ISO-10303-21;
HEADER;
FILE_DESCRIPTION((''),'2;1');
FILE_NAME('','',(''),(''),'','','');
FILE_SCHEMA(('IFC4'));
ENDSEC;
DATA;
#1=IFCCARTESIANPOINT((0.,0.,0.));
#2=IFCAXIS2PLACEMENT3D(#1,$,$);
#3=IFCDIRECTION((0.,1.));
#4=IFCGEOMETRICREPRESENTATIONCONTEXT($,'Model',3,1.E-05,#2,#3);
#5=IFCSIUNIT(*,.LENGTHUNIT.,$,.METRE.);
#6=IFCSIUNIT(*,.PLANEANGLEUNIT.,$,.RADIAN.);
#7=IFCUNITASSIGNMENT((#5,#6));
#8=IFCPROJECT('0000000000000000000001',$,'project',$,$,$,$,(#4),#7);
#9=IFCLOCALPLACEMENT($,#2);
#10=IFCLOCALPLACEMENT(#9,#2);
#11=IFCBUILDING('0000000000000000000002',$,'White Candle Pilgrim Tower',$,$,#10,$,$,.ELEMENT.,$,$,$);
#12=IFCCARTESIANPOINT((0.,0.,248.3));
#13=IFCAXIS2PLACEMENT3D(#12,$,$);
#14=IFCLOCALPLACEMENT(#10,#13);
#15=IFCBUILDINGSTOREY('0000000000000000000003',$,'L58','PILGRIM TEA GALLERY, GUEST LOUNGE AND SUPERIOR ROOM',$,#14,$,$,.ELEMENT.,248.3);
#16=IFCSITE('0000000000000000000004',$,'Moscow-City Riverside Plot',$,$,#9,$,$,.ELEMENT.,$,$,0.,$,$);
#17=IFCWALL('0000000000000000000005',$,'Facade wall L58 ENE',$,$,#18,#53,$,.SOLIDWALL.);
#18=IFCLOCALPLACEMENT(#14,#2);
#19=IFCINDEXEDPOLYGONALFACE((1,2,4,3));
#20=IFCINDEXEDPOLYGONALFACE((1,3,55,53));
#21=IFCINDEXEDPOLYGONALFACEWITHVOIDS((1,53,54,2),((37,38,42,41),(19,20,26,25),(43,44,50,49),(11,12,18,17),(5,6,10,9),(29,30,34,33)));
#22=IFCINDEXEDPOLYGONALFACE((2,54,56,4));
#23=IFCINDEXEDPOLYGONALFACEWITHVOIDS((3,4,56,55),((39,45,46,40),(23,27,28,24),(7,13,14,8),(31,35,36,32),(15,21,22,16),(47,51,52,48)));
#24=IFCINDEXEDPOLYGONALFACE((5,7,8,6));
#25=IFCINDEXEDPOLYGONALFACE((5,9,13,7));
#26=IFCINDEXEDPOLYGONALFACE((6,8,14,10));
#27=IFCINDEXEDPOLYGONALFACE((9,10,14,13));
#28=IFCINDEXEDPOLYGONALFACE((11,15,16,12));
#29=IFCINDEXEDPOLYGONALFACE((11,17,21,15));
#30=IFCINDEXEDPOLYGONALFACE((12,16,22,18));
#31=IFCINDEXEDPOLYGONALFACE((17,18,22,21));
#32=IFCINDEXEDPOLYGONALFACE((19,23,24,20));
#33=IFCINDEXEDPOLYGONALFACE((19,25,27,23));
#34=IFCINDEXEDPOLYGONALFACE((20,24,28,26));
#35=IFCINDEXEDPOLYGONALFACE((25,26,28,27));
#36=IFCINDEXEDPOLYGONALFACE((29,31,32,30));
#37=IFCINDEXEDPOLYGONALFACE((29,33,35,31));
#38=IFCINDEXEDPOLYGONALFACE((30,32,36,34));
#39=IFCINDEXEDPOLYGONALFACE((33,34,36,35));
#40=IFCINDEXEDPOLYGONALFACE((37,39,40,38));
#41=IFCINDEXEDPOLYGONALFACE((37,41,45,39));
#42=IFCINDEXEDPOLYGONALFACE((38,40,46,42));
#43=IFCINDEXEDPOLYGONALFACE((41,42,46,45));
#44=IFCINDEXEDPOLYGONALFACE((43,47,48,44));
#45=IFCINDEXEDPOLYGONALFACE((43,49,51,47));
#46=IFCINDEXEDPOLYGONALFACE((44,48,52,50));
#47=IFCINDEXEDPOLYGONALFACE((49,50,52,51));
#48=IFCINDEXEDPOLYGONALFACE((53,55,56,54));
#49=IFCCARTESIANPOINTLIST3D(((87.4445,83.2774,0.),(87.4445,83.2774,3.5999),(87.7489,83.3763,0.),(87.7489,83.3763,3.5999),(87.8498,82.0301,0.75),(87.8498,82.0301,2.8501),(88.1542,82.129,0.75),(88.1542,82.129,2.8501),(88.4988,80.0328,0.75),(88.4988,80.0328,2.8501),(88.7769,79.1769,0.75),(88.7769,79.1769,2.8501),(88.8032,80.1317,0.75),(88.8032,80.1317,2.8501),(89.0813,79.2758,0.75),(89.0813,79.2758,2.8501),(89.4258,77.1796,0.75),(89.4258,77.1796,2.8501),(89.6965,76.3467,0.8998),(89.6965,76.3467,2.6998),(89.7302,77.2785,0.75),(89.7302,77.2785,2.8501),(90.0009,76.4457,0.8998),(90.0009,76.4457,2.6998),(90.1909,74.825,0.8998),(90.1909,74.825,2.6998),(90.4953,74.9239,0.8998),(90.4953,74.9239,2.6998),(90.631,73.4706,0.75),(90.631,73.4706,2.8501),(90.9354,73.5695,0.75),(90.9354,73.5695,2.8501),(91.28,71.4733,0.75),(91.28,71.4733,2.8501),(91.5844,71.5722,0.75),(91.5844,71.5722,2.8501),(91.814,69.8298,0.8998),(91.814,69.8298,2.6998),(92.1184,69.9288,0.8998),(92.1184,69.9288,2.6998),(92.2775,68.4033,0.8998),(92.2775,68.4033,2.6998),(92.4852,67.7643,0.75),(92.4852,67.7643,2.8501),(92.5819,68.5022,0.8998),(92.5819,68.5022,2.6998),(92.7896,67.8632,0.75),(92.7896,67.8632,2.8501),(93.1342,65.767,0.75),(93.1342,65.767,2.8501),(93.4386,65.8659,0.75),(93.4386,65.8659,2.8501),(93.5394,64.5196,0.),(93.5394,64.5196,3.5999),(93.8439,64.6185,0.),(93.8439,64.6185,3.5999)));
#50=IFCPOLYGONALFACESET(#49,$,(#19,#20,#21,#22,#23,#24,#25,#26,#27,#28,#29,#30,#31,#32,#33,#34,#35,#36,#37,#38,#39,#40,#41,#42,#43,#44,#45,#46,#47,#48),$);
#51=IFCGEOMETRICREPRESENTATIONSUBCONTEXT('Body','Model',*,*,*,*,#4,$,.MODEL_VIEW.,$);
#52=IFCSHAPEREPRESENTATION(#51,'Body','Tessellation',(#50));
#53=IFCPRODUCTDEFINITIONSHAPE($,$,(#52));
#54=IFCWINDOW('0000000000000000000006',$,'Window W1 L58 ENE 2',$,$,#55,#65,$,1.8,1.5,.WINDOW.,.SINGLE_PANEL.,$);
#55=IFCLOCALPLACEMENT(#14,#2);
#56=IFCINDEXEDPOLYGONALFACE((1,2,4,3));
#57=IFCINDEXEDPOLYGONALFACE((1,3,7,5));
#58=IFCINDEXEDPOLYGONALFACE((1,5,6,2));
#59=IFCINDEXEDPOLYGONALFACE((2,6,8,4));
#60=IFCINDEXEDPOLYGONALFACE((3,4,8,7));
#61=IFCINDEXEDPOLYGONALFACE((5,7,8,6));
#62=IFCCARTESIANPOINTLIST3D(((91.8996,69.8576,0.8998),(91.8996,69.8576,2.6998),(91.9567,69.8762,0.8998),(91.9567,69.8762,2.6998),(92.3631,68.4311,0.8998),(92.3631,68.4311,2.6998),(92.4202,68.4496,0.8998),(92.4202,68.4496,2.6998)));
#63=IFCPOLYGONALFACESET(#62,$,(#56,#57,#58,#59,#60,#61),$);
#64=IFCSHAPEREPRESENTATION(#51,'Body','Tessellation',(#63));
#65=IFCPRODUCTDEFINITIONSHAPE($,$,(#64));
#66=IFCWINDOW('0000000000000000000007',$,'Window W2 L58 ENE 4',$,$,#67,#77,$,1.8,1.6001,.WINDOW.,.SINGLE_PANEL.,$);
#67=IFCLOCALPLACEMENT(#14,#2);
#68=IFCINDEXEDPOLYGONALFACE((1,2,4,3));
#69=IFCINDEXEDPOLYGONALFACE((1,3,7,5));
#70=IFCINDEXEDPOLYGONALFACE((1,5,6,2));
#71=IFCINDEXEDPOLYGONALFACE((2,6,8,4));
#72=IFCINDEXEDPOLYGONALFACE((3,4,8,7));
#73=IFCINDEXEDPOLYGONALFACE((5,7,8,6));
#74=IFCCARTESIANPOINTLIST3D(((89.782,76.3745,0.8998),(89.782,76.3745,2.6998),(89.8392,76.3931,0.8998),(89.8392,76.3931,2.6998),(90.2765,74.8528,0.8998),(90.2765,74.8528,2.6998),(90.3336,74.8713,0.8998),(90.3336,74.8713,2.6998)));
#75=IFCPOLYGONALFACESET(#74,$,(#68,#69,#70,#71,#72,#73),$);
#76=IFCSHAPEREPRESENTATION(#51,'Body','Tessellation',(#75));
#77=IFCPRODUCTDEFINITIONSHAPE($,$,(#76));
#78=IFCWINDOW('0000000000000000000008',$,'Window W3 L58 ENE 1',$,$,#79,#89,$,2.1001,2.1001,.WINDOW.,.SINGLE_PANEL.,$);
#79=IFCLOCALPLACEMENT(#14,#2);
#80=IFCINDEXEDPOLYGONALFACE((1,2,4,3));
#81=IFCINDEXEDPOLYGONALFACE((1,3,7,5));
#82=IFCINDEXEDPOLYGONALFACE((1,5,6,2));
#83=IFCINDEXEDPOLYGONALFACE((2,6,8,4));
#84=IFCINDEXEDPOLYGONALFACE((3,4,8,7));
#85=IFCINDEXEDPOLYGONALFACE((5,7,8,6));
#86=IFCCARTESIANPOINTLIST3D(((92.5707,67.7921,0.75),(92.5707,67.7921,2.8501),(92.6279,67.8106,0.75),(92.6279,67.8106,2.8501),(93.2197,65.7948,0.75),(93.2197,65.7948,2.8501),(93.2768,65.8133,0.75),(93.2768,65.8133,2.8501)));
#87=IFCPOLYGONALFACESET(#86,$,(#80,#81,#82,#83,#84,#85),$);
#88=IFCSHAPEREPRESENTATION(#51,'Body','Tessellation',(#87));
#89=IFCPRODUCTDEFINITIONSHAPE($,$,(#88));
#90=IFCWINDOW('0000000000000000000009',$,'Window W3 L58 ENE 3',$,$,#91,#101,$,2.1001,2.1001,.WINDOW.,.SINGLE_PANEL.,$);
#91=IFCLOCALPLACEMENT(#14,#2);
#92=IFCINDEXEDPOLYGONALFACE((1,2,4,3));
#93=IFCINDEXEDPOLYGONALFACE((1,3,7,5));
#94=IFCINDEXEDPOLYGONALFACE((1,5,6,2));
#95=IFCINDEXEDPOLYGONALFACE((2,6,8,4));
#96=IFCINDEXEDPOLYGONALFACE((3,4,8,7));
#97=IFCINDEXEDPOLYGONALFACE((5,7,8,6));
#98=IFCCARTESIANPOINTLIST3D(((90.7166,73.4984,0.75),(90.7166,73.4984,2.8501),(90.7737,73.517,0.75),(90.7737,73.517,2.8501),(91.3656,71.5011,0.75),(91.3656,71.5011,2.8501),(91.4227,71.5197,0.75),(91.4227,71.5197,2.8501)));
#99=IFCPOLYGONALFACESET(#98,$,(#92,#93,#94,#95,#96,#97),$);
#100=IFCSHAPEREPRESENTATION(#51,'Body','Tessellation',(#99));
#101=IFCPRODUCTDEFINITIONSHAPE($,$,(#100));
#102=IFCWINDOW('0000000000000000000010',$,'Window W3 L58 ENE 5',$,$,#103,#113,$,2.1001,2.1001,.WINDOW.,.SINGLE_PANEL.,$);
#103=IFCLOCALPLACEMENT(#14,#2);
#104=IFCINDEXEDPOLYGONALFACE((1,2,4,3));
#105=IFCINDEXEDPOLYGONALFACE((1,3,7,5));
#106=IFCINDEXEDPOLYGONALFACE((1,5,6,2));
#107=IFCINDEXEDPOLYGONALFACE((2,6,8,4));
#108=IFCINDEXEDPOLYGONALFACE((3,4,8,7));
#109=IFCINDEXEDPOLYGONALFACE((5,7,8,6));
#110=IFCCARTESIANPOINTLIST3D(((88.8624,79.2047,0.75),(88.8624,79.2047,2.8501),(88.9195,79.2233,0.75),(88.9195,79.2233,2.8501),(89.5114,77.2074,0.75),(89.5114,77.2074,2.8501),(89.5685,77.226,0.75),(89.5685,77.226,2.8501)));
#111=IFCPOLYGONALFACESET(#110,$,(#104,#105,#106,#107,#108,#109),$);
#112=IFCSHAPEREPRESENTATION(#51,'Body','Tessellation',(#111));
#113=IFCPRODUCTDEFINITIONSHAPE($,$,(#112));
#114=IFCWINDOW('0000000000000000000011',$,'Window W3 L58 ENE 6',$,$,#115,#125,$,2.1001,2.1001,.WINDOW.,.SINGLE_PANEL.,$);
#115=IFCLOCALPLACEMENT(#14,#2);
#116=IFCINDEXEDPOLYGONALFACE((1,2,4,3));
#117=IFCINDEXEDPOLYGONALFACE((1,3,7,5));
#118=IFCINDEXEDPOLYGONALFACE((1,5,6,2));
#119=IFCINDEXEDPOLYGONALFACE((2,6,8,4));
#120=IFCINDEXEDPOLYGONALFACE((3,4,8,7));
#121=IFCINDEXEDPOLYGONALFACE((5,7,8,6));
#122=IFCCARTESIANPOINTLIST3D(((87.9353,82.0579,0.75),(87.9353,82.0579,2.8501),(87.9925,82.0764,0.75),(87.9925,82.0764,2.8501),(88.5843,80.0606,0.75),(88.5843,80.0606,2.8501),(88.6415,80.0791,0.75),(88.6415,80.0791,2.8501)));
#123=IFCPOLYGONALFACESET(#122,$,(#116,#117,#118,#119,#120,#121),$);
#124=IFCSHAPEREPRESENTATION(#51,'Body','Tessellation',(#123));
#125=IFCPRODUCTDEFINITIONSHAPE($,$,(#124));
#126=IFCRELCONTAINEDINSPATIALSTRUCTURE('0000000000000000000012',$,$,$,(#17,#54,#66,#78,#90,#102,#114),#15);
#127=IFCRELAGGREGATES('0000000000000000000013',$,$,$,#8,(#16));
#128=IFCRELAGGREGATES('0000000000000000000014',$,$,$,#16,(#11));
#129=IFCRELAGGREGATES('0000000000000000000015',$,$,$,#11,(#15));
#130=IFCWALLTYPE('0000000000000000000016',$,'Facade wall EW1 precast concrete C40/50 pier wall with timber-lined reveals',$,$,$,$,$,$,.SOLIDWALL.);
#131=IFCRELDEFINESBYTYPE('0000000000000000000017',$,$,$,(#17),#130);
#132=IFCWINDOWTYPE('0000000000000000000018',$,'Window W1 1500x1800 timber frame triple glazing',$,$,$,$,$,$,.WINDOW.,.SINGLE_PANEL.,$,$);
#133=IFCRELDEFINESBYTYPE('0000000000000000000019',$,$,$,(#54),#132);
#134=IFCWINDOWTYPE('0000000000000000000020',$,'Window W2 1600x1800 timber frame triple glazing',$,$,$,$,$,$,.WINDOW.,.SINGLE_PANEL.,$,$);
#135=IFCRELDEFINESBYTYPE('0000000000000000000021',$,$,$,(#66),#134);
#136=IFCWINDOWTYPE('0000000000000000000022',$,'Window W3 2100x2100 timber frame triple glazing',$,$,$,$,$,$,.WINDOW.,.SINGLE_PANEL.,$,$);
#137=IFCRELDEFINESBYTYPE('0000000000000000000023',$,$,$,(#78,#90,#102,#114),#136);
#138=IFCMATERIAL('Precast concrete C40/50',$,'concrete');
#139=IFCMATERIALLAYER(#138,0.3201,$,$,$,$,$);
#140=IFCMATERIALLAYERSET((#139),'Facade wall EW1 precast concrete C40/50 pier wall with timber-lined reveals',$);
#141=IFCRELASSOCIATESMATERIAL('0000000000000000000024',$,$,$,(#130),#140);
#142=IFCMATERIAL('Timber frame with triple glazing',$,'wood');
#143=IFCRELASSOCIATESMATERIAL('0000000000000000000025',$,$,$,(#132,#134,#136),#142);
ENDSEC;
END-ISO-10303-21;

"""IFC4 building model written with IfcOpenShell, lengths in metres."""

from ifc_helpers import new_model, si_unit, direction, frame, frame_2d, origin, place, context, subcontext, project, spatial, rectangle, extrude, material, layer, layer_set, type_object, element, fill, save


model = new_model("IFC4")

# Units and contexts
model_context = context("Model", 3, precision=1e-05, world=origin(), true_north=direction((0.0, 1.0)))
body_context = subcontext(model_context, "Body", "Model", "MODEL_VIEW")
ifc_project = project(units=[si_unit("LENGTHUNIT", "METRE"), si_unit("PLANEANGLEUNIT", "RADIAN")], contexts=[model_context])

# Site, building, storey
site_placement = place(None, origin())
site = spatial("IfcSite", under=ifc_project, at=site_placement, Name="Moscow-City Riverside Plot", CompositionType="ELEMENT", RefElevation=0.0)
building_placement = place(site_placement, origin())
building = spatial("IfcBuilding", under=site, at=building_placement, Name="White Candle Pilgrim Tower", CompositionType="ELEMENT")
storey_placement = place(building_placement, frame((0.0, 0.0, 248.3)))
storey = spatial("IfcBuildingStorey", under=building, at=storey_placement, Name="L58", Description="PILGRIM TEA GALLERY, GUEST LOUNGE AND SUPERIOR ROOM", CompositionType="ELEMENT", Elevation=248.3)

# Wall, openings, windows
ifc_material_1 = material(Name="Precast concrete C40/50", Category="concrete")
ifc_layer_1 = layer(ifc_material_1, 0.3201)
ifc_layer_set_1 = layer_set([ifc_layer_1], Name="Facade wall EW1 precast concrete C40/50 pier wall with timber-lined reveals")
wall_type_1 = type_object("IfcWallType", Name="Facade wall EW1 precast concrete C40/50 pier wall with timber-lined reveals", PredefinedType="SOLIDWALL", material=ifc_layer_set_1)
wall_1_placement = place(storey_placement, frame((93.6917, 64.5691, 0.0), z_axis=(0.0, 0.0, 1.0), x_axis=(-0.309026, 0.951054, 0.0)))
wall_1 = element("IfcWall", 1, at=wall_1_placement, inside=storey, type_object=wall_type_1, Name="Facade wall L58 ENE", PredefinedType="SOLIDWALL", context=body_context, shape_type="SweptSolid", body=[
    extrude(rectangle(XDim=19.7231, YDim=0.3201, at=frame_2d((9.8616, 0.0))), origin(), (0.0, 0.0, 1.0), 3.5999),
])
opening_1_placement = place(wall_1_placement, frame((1.3115, 0.0, 0.75)))
opening_1 = element("IfcOpeningElement", 2, at=opening_1_placement, cuts=wall_1, PredefinedType="OPENING", context=body_context, shape_type="SweptSolid", body=[
    extrude(rectangle(XDim=2.1001, YDim=2.1001, at=frame_2d((1.05, 1.05))), frame((0.0, 0.1699, 0.0), z_axis=(0.0, -1.0, 0.0), x_axis=(1.0, 0.0, 0.0)), (0.0, 0.0, 1.0), 0.3401),
])
opening_2_placement = place(wall_1_placement, frame((4.0835, 0.0, 0.8999)))
opening_2 = element("IfcOpeningElement", 3, at=opening_2_placement, cuts=wall_1, PredefinedType="OPENING", context=body_context, shape_type="SweptSolid", body=[
    extrude(rectangle(XDim=1.5, YDim=1.8, at=frame_2d((0.75, 0.8999))), frame((0.0, 0.1699, 0.0), z_axis=(0.0, -1.0, 0.0), x_axis=(1.0, 0.0, 0.0)), (0.0, 0.0, 1.0), 0.3401),
])
opening_3_placement = place(wall_1_placement, frame((7.3115, 0.0, 0.75)))
opening_3 = element("IfcOpeningElement", 4, at=opening_3_placement, cuts=wall_1, PredefinedType="OPENING", context=body_context, shape_type="SweptSolid", body=[
    extrude(rectangle(XDim=2.1001, YDim=2.1001, at=frame_2d((1.05, 1.05))), frame((0.0, 0.1699, 0.0), z_axis=(0.0, -1.0, 0.0), x_axis=(1.0, 0.0, 0.0)), (0.0, 0.0, 1.0), 0.3401),
])
opening_4_placement = place(wall_1_placement, frame((10.8357, 0.0, 0.8999)))
opening_4 = element("IfcOpeningElement", 5, at=opening_4_placement, cuts=wall_1, PredefinedType="OPENING", context=body_context, shape_type="SweptSolid", body=[
    extrude(rectangle(XDim=1.6001, YDim=1.8, at=frame_2d((0.8, 0.8999))), frame((0.0, 0.1699, 0.0), z_axis=(0.0, -1.0, 0.0), x_axis=(1.0, 0.0, 0.0)), (0.0, 0.0, 1.0), 0.3401),
])
opening_5_placement = place(wall_1_placement, frame((13.3115, 0.0, 0.75)))
opening_5 = element("IfcOpeningElement", 6, at=opening_5_placement, cuts=wall_1, PredefinedType="OPENING", context=body_context, shape_type="SweptSolid", body=[
    extrude(rectangle(XDim=2.1001, YDim=2.1001, at=frame_2d((1.05, 1.05))), frame((0.0, 0.1699, 0.0), z_axis=(0.0, -1.0, 0.0), x_axis=(1.0, 0.0, 0.0)), (0.0, 0.0, 1.0), 0.3401),
])
opening_6_placement = place(wall_1_placement, frame((16.3115, 0.0, 0.75)))
opening_6 = element("IfcOpeningElement", 7, at=opening_6_placement, cuts=wall_1, PredefinedType="OPENING", context=body_context, shape_type="SweptSolid", body=[
    extrude(rectangle(XDim=2.1001, YDim=2.1001, at=frame_2d((1.05, 1.05))), frame((0.0, 0.1699, 0.0), z_axis=(0.0, -1.0, 0.0), x_axis=(1.0, 0.0, 0.0)), (0.0, 0.0, 1.0), 0.3401),
])
ifc_material_2 = material(Name="Timber frame with triple glazing", Category="wood")
window_type_1 = type_object("IfcWindowType", Name="Window W1 1500x1800 timber frame triple glazing", PartitioningType="SINGLE_PANEL", PredefinedType="WINDOW", material=ifc_material_2)
window_1_placement = place(opening_2_placement, origin())
window_1 = element("IfcWindow", 8, at=window_1_placement, inside=storey, type_object=window_type_1, Name="Window W1 L58 ENE 2", OverallHeight=1.8, OverallWidth=1.5, PartitioningType="SINGLE_PANEL", PredefinedType="WINDOW", context=body_context, shape_type="SweptSolid", body=[
    extrude(rectangle(XDim=1.5, YDim=1.8, at=frame_2d((0.75, 0.8999))), frame((0.0, 0.0701, 0.0), z_axis=(0.0, -1.0, 0.0), x_axis=(1.0, 0.0, 0.0)), (0.0, 0.0, 1.0), 0.0601),
])
fill(opening_2, window_1)
window_type_2 = type_object("IfcWindowType", Name="Window W2 1600x1800 timber frame triple glazing", PartitioningType="SINGLE_PANEL", PredefinedType="WINDOW", material=ifc_material_2)
window_2_placement = place(opening_4_placement, origin())
window_2 = element("IfcWindow", 9, at=window_2_placement, inside=storey, type_object=window_type_2, Name="Window W2 L58 ENE 4", OverallHeight=1.8, OverallWidth=1.6001, PartitioningType="SINGLE_PANEL", PredefinedType="WINDOW", context=body_context, shape_type="SweptSolid", body=[
    extrude(rectangle(XDim=1.6001, YDim=1.8, at=frame_2d((0.8, 0.8999))), frame((0.0, 0.0701, 0.0), z_axis=(0.0, -1.0, 0.0), x_axis=(1.0, 0.0, 0.0)), (0.0, 0.0, 1.0), 0.0601),
])
fill(opening_4, window_2)
window_type_3 = type_object("IfcWindowType", Name="Window W3 2100x2100 timber frame triple glazing", PartitioningType="SINGLE_PANEL", PredefinedType="WINDOW", material=ifc_material_2)
window_3_placement = place(opening_1_placement, origin())
window_3 = element("IfcWindow", 10, at=window_3_placement, inside=storey, type_object=window_type_3, Name="Window W3 L58 ENE 1", OverallHeight=2.1001, OverallWidth=2.1001, PartitioningType="SINGLE_PANEL", PredefinedType="WINDOW", context=body_context, shape_type="SweptSolid", body=[
    extrude(rectangle(XDim=2.1001, YDim=2.1001, at=frame_2d((1.05, 1.05))), frame((0.0, 0.0701, 0.0), z_axis=(0.0, -1.0, 0.0), x_axis=(1.0, 0.0, 0.0)), (0.0, 0.0, 1.0), 0.0601),
])
fill(opening_1, window_3)
window_4_placement = place(opening_3_placement, origin())
window_4 = element("IfcWindow", 11, at=window_4_placement, inside=storey, type_object=window_type_3, Name="Window W3 L58 ENE 3", OverallHeight=2.1001, OverallWidth=2.1001, PartitioningType="SINGLE_PANEL", PredefinedType="WINDOW", context=body_context, shape_type="SweptSolid", body=[
    extrude(rectangle(XDim=2.1001, YDim=2.1001, at=frame_2d((1.05, 1.05))), frame((0.0, 0.0701, 0.0), z_axis=(0.0, -1.0, 0.0), x_axis=(1.0, 0.0, 0.0)), (0.0, 0.0, 1.0), 0.0601),
])
fill(opening_3, window_4)
window_5_placement = place(opening_5_placement, origin())
window_5 = element("IfcWindow", 12, at=window_5_placement, inside=storey, type_object=window_type_3, Name="Window W3 L58 ENE 5", OverallHeight=2.1001, OverallWidth=2.1001, PartitioningType="SINGLE_PANEL", PredefinedType="WINDOW", context=body_context, shape_type="SweptSolid", body=[
    extrude(rectangle(XDim=2.1001, YDim=2.1001, at=frame_2d((1.05, 1.05))), frame((0.0, 0.0701, 0.0), z_axis=(0.0, -1.0, 0.0), x_axis=(1.0, 0.0, 0.0)), (0.0, 0.0, 1.0), 0.0601),
])
fill(opening_5, window_5)
window_6_placement = place(opening_6_placement, origin())
window_6 = element("IfcWindow", 13, at=window_6_placement, inside=storey, type_object=window_type_3, Name="Window W3 L58 ENE 6", OverallHeight=2.1001, OverallWidth=2.1001, PartitioningType="SINGLE_PANEL", PredefinedType="WINDOW", context=body_context, shape_type="SweptSolid", body=[
    extrude(rectangle(XDim=2.1001, YDim=2.1001, at=frame_2d((1.05, 1.05))), frame((0.0, 0.0701, 0.0), z_axis=(0.0, -1.0, 0.0), x_axis=(1.0, 0.0, 0.0)), (0.0, 0.0, 1.0), 0.0601),
])
fill(opening_6, window_6)

save(model, "model.ifc")
